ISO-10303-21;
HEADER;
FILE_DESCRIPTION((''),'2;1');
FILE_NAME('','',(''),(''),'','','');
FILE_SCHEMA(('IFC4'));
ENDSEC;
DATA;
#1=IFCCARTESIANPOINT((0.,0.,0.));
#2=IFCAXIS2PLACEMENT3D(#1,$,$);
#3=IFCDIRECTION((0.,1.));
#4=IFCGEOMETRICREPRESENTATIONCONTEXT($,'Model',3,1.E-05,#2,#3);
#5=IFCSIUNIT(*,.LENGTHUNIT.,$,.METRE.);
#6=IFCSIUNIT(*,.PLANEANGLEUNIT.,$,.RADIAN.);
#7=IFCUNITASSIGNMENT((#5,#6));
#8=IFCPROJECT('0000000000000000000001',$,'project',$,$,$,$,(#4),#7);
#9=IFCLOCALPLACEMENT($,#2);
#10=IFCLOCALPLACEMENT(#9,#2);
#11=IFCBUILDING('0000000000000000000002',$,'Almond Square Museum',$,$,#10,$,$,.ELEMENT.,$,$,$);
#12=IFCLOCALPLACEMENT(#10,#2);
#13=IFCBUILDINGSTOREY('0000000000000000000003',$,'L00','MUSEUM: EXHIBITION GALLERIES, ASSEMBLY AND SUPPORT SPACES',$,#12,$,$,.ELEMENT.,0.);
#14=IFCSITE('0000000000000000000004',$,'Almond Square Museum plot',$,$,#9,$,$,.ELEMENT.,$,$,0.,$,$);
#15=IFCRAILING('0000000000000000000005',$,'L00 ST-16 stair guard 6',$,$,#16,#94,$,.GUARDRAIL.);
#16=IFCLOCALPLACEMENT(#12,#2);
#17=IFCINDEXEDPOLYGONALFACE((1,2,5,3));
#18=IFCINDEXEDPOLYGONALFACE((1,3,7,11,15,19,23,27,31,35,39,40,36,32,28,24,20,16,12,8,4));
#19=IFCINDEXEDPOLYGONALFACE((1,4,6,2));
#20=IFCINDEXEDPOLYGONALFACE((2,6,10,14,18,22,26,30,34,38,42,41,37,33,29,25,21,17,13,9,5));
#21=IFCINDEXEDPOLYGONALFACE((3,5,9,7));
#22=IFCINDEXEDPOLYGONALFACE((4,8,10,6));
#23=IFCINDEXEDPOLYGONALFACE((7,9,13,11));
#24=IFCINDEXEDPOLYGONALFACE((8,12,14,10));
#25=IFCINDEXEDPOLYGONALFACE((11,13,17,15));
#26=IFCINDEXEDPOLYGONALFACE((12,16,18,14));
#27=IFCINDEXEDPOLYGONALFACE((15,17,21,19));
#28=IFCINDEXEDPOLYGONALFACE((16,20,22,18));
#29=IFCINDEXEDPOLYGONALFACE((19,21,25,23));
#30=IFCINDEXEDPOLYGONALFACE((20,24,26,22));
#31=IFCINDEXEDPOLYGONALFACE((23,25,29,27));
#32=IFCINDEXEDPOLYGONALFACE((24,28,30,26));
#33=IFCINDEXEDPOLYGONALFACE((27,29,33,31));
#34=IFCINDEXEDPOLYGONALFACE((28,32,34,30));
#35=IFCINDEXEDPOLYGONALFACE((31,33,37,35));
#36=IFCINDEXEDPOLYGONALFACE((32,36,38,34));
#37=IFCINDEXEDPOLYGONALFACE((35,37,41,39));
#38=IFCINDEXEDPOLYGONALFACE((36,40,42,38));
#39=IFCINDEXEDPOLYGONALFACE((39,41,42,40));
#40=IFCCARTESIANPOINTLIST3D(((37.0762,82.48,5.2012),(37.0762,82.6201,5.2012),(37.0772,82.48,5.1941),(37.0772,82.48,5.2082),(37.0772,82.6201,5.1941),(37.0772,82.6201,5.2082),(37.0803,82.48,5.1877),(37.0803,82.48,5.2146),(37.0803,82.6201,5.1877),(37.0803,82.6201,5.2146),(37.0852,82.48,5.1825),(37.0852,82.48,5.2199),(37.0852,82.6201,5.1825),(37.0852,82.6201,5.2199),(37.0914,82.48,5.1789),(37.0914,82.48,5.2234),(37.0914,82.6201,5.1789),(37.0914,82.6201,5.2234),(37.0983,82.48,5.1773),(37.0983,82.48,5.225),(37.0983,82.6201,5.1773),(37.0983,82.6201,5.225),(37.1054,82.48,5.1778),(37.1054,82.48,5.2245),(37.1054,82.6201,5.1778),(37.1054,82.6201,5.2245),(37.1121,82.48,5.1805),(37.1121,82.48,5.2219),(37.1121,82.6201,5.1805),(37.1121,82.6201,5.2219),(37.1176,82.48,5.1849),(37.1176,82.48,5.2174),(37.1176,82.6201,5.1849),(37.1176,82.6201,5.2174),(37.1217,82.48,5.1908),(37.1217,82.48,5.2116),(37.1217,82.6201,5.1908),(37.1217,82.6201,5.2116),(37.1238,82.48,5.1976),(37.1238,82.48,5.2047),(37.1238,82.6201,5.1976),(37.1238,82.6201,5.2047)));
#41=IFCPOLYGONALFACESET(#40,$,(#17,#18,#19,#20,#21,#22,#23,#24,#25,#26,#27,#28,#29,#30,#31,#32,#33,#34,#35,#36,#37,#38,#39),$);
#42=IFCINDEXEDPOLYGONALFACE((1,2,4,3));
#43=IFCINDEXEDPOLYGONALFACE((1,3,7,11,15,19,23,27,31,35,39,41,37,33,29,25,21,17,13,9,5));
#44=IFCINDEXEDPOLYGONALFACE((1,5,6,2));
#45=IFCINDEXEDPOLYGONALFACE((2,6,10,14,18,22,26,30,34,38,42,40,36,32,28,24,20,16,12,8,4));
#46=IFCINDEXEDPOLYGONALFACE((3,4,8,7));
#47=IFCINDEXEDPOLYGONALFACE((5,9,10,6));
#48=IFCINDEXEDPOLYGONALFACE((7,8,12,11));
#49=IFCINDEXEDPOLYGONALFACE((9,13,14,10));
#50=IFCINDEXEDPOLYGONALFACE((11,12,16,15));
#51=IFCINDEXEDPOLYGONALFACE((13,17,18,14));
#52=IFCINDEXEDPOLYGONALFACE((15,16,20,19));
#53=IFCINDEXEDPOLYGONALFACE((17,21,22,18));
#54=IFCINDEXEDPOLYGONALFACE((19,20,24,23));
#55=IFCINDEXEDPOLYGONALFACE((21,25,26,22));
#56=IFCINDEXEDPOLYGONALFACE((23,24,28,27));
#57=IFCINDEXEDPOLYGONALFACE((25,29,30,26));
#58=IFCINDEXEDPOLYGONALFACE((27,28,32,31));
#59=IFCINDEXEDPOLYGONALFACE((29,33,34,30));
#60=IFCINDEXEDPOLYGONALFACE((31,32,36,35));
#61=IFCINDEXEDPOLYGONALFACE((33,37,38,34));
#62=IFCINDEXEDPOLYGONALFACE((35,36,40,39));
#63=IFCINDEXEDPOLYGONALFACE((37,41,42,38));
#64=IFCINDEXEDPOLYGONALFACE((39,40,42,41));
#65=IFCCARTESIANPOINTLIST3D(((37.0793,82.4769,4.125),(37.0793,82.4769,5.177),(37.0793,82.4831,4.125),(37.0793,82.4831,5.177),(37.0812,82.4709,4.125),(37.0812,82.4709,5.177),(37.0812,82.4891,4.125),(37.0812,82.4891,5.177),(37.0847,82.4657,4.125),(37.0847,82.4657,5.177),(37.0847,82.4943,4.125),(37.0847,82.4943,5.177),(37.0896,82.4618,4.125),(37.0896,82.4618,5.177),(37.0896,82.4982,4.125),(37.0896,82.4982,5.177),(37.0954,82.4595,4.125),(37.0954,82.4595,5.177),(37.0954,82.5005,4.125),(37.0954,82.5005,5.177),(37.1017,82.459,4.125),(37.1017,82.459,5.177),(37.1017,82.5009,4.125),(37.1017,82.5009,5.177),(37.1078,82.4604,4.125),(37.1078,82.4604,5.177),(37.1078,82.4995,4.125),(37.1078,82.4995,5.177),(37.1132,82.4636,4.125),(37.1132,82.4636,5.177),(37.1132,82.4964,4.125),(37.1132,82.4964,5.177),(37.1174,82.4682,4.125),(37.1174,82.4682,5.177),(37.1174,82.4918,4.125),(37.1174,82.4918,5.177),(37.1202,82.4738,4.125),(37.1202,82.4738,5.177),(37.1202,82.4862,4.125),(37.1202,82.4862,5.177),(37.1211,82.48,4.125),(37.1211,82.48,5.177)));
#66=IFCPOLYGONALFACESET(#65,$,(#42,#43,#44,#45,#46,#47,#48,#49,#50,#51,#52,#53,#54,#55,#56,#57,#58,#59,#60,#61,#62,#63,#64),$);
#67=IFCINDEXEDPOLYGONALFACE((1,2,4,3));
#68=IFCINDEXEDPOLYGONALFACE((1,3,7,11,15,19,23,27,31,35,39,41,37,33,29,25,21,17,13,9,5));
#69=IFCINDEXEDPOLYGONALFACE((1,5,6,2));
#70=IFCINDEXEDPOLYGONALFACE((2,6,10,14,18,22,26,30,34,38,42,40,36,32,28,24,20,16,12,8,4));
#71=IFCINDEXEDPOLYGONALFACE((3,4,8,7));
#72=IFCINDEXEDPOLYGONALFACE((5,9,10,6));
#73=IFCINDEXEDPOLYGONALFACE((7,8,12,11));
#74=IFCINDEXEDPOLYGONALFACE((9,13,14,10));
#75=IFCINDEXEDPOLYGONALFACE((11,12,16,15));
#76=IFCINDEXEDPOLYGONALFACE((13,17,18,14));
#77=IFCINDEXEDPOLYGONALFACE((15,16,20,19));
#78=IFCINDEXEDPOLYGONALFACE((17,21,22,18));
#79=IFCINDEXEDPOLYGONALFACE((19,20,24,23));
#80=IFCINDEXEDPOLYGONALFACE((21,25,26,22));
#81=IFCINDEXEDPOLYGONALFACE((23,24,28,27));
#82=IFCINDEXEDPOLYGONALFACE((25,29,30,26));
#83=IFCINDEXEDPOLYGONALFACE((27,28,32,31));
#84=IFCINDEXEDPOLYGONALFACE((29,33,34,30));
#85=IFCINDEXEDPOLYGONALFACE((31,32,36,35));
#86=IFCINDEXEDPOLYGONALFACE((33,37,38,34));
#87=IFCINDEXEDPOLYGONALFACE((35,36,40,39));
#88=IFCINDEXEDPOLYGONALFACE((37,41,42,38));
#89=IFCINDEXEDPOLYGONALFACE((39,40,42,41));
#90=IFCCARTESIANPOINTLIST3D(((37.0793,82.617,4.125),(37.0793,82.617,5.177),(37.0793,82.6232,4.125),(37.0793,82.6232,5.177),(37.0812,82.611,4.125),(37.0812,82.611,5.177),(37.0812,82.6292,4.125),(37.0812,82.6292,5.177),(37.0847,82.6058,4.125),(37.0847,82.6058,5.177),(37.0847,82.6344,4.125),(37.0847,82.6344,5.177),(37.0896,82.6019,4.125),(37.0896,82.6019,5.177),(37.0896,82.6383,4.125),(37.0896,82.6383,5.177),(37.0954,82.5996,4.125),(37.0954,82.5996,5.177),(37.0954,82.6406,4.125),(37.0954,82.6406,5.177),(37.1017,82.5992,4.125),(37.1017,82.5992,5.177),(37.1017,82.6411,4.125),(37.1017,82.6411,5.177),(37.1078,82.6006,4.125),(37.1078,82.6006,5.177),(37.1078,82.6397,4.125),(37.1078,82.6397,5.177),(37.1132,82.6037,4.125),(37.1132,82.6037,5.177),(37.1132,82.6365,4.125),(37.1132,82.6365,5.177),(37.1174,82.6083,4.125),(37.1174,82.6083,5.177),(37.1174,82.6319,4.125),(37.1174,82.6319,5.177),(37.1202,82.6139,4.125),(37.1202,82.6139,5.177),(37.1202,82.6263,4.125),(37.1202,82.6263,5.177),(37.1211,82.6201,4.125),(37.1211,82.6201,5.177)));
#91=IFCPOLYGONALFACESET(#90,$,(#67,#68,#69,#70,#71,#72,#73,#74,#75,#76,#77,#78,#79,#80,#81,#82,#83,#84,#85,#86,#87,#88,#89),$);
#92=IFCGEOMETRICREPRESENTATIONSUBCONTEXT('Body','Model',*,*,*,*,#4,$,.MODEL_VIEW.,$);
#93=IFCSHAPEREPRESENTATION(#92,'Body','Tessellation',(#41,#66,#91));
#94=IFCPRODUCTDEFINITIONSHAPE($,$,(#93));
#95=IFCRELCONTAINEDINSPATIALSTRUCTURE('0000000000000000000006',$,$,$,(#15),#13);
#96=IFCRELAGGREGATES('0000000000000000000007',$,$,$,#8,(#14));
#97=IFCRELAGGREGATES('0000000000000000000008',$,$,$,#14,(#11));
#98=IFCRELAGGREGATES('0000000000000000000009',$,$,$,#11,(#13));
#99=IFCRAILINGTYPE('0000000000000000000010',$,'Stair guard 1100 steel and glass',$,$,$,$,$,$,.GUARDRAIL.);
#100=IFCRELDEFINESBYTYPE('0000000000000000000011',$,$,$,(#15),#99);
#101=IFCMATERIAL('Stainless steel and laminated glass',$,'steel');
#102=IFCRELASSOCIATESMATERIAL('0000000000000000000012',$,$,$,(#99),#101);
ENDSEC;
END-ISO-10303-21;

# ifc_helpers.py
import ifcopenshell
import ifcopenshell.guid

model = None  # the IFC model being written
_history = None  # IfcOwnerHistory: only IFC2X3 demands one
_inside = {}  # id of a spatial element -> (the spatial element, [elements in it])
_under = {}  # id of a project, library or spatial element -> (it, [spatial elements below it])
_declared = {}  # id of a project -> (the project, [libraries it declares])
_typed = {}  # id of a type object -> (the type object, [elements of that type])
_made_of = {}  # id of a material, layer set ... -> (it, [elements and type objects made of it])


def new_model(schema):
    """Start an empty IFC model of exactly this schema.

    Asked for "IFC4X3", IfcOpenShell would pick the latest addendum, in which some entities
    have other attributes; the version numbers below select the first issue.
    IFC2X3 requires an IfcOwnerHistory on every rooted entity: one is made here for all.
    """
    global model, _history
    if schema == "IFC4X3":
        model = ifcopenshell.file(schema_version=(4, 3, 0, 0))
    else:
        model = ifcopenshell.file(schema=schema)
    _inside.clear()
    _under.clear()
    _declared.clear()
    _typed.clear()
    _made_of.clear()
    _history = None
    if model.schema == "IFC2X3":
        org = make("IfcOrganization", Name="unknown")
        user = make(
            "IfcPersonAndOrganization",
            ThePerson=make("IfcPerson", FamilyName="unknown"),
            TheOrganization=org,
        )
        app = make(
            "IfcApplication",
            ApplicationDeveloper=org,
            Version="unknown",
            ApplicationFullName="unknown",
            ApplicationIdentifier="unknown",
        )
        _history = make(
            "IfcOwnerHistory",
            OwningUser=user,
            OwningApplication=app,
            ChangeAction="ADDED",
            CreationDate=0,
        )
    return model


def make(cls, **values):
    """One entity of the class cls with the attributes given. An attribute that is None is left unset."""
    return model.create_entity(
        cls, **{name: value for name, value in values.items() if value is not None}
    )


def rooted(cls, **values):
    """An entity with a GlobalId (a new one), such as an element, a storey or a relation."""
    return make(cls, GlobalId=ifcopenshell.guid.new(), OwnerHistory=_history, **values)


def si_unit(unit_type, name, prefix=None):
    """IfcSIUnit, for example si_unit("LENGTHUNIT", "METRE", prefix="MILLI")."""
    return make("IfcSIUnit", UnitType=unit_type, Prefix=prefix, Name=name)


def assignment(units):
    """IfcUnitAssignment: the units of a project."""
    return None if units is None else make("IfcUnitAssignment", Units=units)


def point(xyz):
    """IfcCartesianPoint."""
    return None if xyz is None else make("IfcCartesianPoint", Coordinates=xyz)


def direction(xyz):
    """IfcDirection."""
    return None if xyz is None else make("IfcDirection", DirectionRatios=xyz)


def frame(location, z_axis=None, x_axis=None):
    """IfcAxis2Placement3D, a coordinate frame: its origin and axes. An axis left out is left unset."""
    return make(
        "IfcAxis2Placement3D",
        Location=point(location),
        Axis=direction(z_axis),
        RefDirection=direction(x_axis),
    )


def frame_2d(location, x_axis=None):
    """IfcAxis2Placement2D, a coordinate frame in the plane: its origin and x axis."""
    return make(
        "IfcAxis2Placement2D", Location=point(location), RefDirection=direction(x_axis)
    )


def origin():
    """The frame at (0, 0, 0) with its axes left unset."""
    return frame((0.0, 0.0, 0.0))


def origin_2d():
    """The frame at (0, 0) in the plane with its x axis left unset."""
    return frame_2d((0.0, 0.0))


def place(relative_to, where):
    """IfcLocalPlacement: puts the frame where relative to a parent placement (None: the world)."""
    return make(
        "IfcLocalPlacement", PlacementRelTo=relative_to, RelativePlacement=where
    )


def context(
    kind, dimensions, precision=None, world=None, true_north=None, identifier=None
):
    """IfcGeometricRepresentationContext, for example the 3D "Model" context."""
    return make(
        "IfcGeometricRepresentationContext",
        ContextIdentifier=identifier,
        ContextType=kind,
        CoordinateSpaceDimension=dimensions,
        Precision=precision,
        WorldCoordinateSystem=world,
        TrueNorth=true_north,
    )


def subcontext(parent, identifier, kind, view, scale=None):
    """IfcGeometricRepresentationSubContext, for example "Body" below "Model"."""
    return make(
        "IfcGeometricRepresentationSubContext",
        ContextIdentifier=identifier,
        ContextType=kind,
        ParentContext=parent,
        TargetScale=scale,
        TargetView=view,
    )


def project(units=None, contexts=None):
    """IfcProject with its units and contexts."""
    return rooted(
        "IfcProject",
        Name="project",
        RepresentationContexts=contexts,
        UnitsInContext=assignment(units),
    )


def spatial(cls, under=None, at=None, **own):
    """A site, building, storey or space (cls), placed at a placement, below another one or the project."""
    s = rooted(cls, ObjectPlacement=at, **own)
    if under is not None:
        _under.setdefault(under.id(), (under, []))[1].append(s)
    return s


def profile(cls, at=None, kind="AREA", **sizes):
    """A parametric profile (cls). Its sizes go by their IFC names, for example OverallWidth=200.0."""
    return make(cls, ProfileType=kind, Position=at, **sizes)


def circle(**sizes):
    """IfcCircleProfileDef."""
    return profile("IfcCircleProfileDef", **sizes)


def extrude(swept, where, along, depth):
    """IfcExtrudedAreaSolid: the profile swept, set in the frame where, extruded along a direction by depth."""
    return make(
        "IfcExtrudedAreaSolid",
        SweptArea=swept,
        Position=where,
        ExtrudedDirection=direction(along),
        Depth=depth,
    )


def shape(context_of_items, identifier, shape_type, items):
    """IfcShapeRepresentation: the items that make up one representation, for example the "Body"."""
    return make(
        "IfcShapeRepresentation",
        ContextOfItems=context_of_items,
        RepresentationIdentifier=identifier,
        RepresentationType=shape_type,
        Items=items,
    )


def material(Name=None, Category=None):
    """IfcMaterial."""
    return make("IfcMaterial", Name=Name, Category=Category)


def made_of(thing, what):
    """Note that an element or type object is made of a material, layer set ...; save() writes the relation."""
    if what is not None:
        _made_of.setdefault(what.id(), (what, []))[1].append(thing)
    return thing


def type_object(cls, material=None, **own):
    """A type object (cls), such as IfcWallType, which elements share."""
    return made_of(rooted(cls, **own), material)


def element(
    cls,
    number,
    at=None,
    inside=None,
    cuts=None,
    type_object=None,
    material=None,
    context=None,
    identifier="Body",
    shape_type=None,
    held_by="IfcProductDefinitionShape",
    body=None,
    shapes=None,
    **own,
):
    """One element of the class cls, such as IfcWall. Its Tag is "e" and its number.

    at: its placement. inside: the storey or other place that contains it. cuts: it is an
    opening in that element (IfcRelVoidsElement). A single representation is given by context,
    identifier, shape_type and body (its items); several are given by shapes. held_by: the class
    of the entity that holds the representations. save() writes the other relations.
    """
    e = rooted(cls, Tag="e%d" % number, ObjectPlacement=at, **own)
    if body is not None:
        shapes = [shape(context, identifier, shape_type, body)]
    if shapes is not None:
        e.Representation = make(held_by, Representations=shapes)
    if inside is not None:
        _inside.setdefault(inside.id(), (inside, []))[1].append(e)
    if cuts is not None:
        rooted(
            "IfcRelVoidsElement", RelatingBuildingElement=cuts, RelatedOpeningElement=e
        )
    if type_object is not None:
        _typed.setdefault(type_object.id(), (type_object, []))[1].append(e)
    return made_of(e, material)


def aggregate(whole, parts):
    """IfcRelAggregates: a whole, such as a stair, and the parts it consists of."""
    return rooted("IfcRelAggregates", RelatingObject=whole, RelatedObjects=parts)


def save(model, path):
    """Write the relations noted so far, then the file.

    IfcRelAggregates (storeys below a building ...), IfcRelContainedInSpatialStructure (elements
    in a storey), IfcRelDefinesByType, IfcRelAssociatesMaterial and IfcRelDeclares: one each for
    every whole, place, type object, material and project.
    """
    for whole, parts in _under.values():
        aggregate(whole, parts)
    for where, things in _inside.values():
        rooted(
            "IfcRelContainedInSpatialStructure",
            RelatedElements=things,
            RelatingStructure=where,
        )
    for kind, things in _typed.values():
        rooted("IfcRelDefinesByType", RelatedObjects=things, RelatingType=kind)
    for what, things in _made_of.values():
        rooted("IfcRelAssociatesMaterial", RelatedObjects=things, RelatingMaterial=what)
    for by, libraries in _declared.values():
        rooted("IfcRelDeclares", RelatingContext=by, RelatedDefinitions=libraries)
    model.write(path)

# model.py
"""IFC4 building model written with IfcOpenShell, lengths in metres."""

from ifc_helpers import new_model, si_unit, direction, frame, origin, origin_2d, place, context, subcontext, project, spatial, circle, extrude, material, type_object, element, save


model = new_model("IFC4")

# Units and contexts
model_context = context("Model", 3, precision=1e-05, world=origin(), true_north=direction((0.0, 1.0)))
body_context = subcontext(model_context, "Body", "Model", "MODEL_VIEW")
ifc_project = project(units=[si_unit("LENGTHUNIT", "METRE"), si_unit("PLANEANGLEUNIT", "RADIAN")], contexts=[model_context])

# Site, building, storey
site_placement = place(None, origin())
site = spatial("IfcSite", under=ifc_project, at=site_placement, Name="Almond Square Museum plot", CompositionType="ELEMENT", RefElevation=0.0)
building_placement = place(site_placement, origin())
building = spatial("IfcBuilding", under=site, at=building_placement, Name="Almond Square Museum", CompositionType="ELEMENT")
storey_placement = place(building_placement, origin())
storey = spatial("IfcBuildingStorey", under=building, at=storey_placement, Name="L00", Description="MUSEUM: EXHIBITION GALLERIES, ASSEMBLY AND SUPPORT SPACES", CompositionType="ELEMENT", Elevation=0.0)

# Railing
ifc_material_1 = material(Name="Stainless steel and laminated glass", Category="steel")
railing_type_1 = type_object("IfcRailingType", Name="Stair guard 1100 steel and glass", PredefinedType="GUARDRAIL", material=ifc_material_1)
railing_1_placement = place(storey_placement, frame((37.1001, 82.48, 4.125)))
element("IfcRailing", 1, at=railing_1_placement, inside=storey, type_object=railing_type_1, Name="L00 ST-16 stair guard 6", PredefinedType="GUARDRAIL", context=body_context, shape_type="SweptSolid", body=[
    extrude(circle(Radius=0.0239, at=origin_2d()), frame((0.0, 0.0, 1.0762), z_axis=(0.0, 1.0, 0.0), x_axis=(-1.0, 0.0, 0.0)), (0.0, 0.0, 1.0), 0.1401),
    extrude(circle(Radius=0.021, at=origin_2d()), origin(), (0.0, 0.0, 1.0), 1.052),
    extrude(circle(Radius=0.021, at=origin_2d()), frame((0.0, 0.1401, 0.0)), (0.0, 0.0, 1.0), 1.052),
])

save(model, "model.ifc")
